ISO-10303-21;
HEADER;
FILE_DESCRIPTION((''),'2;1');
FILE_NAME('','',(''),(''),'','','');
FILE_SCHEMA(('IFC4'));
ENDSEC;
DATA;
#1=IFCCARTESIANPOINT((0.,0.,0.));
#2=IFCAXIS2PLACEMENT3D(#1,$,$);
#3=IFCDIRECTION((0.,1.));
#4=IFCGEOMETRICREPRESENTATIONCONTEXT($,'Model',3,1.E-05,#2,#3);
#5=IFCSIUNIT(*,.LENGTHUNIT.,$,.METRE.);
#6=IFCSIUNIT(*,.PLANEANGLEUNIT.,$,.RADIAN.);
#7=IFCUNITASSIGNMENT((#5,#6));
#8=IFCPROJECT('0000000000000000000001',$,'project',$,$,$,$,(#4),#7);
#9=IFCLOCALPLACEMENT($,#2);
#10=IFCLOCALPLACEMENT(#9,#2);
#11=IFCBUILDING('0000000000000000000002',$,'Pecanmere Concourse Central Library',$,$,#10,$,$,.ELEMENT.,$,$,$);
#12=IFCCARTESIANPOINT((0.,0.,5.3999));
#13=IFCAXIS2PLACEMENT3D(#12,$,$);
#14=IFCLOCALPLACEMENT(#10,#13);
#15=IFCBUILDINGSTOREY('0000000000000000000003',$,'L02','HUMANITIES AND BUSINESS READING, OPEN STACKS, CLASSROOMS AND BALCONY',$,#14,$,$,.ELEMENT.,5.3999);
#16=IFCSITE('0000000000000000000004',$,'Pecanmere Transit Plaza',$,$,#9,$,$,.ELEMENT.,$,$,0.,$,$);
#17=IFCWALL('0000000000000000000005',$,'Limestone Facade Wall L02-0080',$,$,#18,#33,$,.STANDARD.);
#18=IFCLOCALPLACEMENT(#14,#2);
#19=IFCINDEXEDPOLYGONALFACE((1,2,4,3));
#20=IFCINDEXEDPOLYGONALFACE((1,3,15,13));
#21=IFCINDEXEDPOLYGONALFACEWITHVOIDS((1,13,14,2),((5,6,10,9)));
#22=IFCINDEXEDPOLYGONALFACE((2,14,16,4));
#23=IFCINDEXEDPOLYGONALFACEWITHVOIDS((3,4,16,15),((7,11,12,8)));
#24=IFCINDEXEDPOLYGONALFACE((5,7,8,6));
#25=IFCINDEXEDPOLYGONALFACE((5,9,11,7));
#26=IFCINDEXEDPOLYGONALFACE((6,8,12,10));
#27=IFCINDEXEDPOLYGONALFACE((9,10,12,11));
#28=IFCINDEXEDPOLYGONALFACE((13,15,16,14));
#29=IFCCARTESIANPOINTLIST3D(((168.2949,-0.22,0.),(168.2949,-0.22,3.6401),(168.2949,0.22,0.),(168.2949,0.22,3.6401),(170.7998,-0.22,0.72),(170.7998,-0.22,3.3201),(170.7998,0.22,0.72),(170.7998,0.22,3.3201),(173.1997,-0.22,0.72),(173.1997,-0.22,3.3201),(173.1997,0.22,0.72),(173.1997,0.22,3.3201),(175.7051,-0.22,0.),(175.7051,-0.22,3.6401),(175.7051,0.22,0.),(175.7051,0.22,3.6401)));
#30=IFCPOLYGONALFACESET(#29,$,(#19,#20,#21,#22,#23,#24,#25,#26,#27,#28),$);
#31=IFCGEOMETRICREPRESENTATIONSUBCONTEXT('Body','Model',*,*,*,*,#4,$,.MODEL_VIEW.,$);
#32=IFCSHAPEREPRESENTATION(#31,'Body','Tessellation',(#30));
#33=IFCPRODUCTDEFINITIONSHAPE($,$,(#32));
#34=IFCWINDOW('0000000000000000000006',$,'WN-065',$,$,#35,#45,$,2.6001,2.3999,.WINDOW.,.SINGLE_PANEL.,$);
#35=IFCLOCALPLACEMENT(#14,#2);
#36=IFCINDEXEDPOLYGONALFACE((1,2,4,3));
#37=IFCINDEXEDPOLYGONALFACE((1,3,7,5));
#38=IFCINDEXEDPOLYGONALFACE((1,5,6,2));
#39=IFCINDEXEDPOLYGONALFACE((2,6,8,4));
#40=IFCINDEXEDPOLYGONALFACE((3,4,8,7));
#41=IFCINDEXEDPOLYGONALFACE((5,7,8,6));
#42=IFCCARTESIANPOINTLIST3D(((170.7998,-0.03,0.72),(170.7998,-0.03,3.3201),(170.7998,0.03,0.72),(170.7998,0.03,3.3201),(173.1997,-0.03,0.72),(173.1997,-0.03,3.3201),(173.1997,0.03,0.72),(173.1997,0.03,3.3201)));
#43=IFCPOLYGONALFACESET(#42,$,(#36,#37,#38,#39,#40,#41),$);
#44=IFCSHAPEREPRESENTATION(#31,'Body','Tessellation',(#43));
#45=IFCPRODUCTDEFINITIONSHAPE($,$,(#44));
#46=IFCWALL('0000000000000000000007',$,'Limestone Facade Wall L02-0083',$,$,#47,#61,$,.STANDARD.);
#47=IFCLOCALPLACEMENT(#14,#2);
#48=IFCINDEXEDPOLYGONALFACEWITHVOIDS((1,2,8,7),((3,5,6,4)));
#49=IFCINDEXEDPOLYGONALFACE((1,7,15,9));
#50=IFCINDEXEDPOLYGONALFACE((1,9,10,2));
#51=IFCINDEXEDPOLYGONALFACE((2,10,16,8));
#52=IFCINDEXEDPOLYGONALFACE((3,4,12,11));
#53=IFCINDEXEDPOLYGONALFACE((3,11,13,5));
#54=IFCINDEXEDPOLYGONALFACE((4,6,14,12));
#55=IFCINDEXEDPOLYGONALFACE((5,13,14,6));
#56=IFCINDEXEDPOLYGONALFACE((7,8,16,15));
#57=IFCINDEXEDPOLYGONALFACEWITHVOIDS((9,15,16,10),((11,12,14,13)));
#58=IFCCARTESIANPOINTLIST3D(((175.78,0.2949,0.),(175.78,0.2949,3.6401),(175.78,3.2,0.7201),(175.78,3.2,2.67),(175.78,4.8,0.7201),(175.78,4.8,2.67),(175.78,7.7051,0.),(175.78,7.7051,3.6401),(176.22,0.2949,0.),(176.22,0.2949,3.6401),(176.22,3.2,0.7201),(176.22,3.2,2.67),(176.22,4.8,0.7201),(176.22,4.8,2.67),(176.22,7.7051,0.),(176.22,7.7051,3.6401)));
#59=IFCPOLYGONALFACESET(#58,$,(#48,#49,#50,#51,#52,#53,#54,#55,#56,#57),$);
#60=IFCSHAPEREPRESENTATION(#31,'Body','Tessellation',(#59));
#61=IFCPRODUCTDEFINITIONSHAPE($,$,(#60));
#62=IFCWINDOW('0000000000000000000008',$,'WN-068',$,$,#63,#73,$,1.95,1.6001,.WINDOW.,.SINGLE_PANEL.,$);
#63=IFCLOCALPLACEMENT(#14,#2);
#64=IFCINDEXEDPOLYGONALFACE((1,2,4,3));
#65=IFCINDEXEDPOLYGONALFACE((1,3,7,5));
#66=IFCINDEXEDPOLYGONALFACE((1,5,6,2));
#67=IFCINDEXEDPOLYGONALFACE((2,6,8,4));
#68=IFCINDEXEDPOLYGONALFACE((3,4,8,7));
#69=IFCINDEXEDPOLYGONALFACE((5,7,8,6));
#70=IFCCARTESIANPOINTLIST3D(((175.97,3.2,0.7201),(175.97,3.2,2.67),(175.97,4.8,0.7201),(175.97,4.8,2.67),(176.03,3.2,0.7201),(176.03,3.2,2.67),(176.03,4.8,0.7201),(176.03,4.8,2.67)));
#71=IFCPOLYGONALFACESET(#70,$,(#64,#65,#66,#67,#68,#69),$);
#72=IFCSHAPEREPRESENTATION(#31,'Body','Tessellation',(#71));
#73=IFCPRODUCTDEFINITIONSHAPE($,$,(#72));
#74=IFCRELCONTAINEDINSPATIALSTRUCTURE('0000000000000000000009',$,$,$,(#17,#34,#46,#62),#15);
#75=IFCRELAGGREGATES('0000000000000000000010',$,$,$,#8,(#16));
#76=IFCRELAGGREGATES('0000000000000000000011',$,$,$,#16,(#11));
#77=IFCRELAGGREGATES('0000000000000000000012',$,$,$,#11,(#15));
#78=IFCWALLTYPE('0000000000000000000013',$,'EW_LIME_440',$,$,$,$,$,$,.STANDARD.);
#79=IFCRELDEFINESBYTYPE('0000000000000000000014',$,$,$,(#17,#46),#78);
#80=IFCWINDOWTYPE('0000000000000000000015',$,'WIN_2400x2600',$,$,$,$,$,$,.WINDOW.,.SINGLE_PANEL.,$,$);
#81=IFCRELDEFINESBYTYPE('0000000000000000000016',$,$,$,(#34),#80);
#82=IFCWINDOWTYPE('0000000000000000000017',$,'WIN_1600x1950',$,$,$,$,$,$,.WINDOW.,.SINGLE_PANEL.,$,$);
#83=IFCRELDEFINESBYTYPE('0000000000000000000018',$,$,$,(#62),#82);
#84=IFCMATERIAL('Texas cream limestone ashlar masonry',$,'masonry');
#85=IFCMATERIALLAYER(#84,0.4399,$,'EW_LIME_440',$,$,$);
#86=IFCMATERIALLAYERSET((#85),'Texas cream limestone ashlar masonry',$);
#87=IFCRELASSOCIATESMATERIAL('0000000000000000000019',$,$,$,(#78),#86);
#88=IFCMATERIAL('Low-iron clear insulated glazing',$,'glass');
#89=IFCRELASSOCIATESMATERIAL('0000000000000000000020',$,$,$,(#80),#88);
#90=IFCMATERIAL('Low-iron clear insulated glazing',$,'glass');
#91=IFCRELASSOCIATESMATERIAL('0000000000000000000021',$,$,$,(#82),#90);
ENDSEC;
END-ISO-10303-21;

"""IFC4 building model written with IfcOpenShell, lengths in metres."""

from ifc_helpers import new_model, si_unit, direction, frame, frame_2d, origin, place, context, subcontext, project, spatial, rectangle, extrude, material, layer, layer_set, type_object, element, fill, save


model = new_model("IFC4")

# Units and contexts
model_context = context("Model", 3, precision=1e-05, world=origin(), true_north=direction((0.0, 1.0)))
body_context = subcontext(model_context, "Body", "Model", "MODEL_VIEW")
ifc_project = project(units=[si_unit("LENGTHUNIT", "METRE"), si_unit("PLANEANGLEUNIT", "RADIAN")], contexts=[model_context])

# Site, building, storey
site_placement = place(None, origin())
site = spatial("IfcSite", under=ifc_project, at=site_placement, Name="Pecanmere Transit Plaza", CompositionType="ELEMENT", RefElevation=0.0)
building_placement = place(site_placement, origin())
building = spatial("IfcBuilding", under=site, at=building_placement, Name="Pecanmere Concourse Central Library", CompositionType="ELEMENT")
storey_placement = place(building_placement, frame((0.0, 0.0, 5.3999)))
storey = spatial("IfcBuildingStorey", under=building, at=storey_placement, Name="L02", Description="HUMANITIES AND BUSINESS READING, OPEN STACKS, CLASSROOMS AND BALCONY", CompositionType="ELEMENT", Elevation=5.3999)

# Walls, openings, windows
ifc_material_1 = material(Name="Texas cream limestone ashlar masonry", Category="masonry")
ifc_layer = layer(ifc_material_1, 0.4399, Name="EW_LIME_440")
ifc_layer_set = layer_set([ifc_layer], Name="Texas cream limestone ashlar masonry")
wall_type = type_object("IfcWallType", Name="EW_LIME_440", PredefinedType="STANDARD", material=ifc_layer_set)
wall_1_placement = place(storey_placement, frame((168.2949, 0.0, 0.0), z_axis=(0.0, 0.0, 1.0), x_axis=(1.0, 0.0, 0.0)))
wall_1 = element("IfcWall", 1, at=wall_1_placement, inside=storey, type_object=wall_type, Name="Limestone Facade Wall L02-0080", PredefinedType="STANDARD", context=body_context, shape_type="SweptSolid", body=[
    extrude(rectangle(XDim=7.4102, YDim=0.4399, at=frame_2d((3.7051, 0.0))), origin(), (0.0, 0.0, 1.0), 3.6401),
])
opening_1_placement = place(wall_1_placement, frame((2.5049, 0.0, 0.72)))
opening_1 = element("IfcOpeningElement", 2, at=opening_1_placement, cuts=wall_1, PredefinedType="OPENING", context=body_context, shape_type="SweptSolid", body=[
    extrude(rectangle(XDim=2.3999, YDim=2.6001, at=frame_2d((1.2, 1.3))), frame((0.0, 0.2319, 0.0), z_axis=(0.0, -1.0, 0.0), x_axis=(1.0, 0.0, 0.0)), (0.0, 0.0, 1.0), 0.4639),
])
ifc_material_2 = material(Name="Low-iron clear insulated glazing", Category="glass")
window_type_1 = type_object("IfcWindowType", Name="WIN_2400x2600", PartitioningType="SINGLE_PANEL", PredefinedType="WINDOW", material=ifc_material_2)
window_1_placement = place(opening_1_placement, origin())
window_1 = element("IfcWindow", 3, at=window_1_placement, inside=storey, type_object=window_type_1, Name="WN-065", OverallHeight=2.6001, OverallWidth=2.3999, PartitioningType="SINGLE_PANEL", PredefinedType="WINDOW", context=body_context, shape_type="SweptSolid", body=[
    extrude(rectangle(XDim=2.3999, YDim=2.6001, at=frame_2d((1.2, 1.3))), frame((0.0, 0.03, 0.0), z_axis=(0.0, -1.0, 0.0), x_axis=(1.0, 0.0, 0.0)), (0.0, 0.0, 1.0), 0.0601),
])
fill(opening_1, window_1)
wall_2_placement = place(storey_placement, frame((176.0, 0.2949, 0.0), z_axis=(0.0, 0.0, 1.0), x_axis=(0.0, 1.0, 0.0)))
wall_2 = element("IfcWall", 4, at=wall_2_placement, inside=storey, type_object=wall_type, Name="Limestone Facade Wall L02-0083", PredefinedType="STANDARD", context=body_context, shape_type="SweptSolid", body=[
    extrude(rectangle(XDim=7.4102, YDim=0.4399, at=frame_2d((3.7051, 0.0))), origin(), (0.0, 0.0, 1.0), 3.6401),
])
opening_2_placement = place(wall_2_placement, frame((2.905, 0.0, 0.72)))
opening_2 = element("IfcOpeningElement", 5, at=opening_2_placement, cuts=wall_2, PredefinedType="OPENING", context=body_context, shape_type="SweptSolid", body=[
    extrude(rectangle(XDim=1.6001, YDim=1.95, at=frame_2d((0.8, 0.9751))), frame((0.0, 0.2319, 0.0), z_axis=(0.0, -1.0, 0.0), x_axis=(1.0, 0.0, 0.0)), (0.0, 0.0, 1.0), 0.4639),
])
ifc_material_3 = material(Name="Low-iron clear insulated glazing", Category="glass")
window_type_2 = type_object("IfcWindowType", Name="WIN_1600x1950", PartitioningType="SINGLE_PANEL", PredefinedType="WINDOW", material=ifc_material_3)
window_2_placement = place(opening_2_placement, origin())
window_2 = element("IfcWindow", 6, at=window_2_placement, inside=storey, type_object=window_type_2, Name="WN-068", OverallHeight=1.95, OverallWidth=1.6001, PartitioningType="SINGLE_PANEL", PredefinedType="WINDOW", context=body_context, shape_type="SweptSolid", body=[
    extrude(rectangle(XDim=1.6001, YDim=1.95, at=frame_2d((0.8, 0.9751))), frame((0.0, 0.03, 0.0), z_axis=(0.0, -1.0, 0.0), x_axis=(1.0, 0.0, 0.0)), (0.0, 0.0, 1.0), 0.0601),
])
fill(opening_2, window_2)

save(model, "model.ifc")
